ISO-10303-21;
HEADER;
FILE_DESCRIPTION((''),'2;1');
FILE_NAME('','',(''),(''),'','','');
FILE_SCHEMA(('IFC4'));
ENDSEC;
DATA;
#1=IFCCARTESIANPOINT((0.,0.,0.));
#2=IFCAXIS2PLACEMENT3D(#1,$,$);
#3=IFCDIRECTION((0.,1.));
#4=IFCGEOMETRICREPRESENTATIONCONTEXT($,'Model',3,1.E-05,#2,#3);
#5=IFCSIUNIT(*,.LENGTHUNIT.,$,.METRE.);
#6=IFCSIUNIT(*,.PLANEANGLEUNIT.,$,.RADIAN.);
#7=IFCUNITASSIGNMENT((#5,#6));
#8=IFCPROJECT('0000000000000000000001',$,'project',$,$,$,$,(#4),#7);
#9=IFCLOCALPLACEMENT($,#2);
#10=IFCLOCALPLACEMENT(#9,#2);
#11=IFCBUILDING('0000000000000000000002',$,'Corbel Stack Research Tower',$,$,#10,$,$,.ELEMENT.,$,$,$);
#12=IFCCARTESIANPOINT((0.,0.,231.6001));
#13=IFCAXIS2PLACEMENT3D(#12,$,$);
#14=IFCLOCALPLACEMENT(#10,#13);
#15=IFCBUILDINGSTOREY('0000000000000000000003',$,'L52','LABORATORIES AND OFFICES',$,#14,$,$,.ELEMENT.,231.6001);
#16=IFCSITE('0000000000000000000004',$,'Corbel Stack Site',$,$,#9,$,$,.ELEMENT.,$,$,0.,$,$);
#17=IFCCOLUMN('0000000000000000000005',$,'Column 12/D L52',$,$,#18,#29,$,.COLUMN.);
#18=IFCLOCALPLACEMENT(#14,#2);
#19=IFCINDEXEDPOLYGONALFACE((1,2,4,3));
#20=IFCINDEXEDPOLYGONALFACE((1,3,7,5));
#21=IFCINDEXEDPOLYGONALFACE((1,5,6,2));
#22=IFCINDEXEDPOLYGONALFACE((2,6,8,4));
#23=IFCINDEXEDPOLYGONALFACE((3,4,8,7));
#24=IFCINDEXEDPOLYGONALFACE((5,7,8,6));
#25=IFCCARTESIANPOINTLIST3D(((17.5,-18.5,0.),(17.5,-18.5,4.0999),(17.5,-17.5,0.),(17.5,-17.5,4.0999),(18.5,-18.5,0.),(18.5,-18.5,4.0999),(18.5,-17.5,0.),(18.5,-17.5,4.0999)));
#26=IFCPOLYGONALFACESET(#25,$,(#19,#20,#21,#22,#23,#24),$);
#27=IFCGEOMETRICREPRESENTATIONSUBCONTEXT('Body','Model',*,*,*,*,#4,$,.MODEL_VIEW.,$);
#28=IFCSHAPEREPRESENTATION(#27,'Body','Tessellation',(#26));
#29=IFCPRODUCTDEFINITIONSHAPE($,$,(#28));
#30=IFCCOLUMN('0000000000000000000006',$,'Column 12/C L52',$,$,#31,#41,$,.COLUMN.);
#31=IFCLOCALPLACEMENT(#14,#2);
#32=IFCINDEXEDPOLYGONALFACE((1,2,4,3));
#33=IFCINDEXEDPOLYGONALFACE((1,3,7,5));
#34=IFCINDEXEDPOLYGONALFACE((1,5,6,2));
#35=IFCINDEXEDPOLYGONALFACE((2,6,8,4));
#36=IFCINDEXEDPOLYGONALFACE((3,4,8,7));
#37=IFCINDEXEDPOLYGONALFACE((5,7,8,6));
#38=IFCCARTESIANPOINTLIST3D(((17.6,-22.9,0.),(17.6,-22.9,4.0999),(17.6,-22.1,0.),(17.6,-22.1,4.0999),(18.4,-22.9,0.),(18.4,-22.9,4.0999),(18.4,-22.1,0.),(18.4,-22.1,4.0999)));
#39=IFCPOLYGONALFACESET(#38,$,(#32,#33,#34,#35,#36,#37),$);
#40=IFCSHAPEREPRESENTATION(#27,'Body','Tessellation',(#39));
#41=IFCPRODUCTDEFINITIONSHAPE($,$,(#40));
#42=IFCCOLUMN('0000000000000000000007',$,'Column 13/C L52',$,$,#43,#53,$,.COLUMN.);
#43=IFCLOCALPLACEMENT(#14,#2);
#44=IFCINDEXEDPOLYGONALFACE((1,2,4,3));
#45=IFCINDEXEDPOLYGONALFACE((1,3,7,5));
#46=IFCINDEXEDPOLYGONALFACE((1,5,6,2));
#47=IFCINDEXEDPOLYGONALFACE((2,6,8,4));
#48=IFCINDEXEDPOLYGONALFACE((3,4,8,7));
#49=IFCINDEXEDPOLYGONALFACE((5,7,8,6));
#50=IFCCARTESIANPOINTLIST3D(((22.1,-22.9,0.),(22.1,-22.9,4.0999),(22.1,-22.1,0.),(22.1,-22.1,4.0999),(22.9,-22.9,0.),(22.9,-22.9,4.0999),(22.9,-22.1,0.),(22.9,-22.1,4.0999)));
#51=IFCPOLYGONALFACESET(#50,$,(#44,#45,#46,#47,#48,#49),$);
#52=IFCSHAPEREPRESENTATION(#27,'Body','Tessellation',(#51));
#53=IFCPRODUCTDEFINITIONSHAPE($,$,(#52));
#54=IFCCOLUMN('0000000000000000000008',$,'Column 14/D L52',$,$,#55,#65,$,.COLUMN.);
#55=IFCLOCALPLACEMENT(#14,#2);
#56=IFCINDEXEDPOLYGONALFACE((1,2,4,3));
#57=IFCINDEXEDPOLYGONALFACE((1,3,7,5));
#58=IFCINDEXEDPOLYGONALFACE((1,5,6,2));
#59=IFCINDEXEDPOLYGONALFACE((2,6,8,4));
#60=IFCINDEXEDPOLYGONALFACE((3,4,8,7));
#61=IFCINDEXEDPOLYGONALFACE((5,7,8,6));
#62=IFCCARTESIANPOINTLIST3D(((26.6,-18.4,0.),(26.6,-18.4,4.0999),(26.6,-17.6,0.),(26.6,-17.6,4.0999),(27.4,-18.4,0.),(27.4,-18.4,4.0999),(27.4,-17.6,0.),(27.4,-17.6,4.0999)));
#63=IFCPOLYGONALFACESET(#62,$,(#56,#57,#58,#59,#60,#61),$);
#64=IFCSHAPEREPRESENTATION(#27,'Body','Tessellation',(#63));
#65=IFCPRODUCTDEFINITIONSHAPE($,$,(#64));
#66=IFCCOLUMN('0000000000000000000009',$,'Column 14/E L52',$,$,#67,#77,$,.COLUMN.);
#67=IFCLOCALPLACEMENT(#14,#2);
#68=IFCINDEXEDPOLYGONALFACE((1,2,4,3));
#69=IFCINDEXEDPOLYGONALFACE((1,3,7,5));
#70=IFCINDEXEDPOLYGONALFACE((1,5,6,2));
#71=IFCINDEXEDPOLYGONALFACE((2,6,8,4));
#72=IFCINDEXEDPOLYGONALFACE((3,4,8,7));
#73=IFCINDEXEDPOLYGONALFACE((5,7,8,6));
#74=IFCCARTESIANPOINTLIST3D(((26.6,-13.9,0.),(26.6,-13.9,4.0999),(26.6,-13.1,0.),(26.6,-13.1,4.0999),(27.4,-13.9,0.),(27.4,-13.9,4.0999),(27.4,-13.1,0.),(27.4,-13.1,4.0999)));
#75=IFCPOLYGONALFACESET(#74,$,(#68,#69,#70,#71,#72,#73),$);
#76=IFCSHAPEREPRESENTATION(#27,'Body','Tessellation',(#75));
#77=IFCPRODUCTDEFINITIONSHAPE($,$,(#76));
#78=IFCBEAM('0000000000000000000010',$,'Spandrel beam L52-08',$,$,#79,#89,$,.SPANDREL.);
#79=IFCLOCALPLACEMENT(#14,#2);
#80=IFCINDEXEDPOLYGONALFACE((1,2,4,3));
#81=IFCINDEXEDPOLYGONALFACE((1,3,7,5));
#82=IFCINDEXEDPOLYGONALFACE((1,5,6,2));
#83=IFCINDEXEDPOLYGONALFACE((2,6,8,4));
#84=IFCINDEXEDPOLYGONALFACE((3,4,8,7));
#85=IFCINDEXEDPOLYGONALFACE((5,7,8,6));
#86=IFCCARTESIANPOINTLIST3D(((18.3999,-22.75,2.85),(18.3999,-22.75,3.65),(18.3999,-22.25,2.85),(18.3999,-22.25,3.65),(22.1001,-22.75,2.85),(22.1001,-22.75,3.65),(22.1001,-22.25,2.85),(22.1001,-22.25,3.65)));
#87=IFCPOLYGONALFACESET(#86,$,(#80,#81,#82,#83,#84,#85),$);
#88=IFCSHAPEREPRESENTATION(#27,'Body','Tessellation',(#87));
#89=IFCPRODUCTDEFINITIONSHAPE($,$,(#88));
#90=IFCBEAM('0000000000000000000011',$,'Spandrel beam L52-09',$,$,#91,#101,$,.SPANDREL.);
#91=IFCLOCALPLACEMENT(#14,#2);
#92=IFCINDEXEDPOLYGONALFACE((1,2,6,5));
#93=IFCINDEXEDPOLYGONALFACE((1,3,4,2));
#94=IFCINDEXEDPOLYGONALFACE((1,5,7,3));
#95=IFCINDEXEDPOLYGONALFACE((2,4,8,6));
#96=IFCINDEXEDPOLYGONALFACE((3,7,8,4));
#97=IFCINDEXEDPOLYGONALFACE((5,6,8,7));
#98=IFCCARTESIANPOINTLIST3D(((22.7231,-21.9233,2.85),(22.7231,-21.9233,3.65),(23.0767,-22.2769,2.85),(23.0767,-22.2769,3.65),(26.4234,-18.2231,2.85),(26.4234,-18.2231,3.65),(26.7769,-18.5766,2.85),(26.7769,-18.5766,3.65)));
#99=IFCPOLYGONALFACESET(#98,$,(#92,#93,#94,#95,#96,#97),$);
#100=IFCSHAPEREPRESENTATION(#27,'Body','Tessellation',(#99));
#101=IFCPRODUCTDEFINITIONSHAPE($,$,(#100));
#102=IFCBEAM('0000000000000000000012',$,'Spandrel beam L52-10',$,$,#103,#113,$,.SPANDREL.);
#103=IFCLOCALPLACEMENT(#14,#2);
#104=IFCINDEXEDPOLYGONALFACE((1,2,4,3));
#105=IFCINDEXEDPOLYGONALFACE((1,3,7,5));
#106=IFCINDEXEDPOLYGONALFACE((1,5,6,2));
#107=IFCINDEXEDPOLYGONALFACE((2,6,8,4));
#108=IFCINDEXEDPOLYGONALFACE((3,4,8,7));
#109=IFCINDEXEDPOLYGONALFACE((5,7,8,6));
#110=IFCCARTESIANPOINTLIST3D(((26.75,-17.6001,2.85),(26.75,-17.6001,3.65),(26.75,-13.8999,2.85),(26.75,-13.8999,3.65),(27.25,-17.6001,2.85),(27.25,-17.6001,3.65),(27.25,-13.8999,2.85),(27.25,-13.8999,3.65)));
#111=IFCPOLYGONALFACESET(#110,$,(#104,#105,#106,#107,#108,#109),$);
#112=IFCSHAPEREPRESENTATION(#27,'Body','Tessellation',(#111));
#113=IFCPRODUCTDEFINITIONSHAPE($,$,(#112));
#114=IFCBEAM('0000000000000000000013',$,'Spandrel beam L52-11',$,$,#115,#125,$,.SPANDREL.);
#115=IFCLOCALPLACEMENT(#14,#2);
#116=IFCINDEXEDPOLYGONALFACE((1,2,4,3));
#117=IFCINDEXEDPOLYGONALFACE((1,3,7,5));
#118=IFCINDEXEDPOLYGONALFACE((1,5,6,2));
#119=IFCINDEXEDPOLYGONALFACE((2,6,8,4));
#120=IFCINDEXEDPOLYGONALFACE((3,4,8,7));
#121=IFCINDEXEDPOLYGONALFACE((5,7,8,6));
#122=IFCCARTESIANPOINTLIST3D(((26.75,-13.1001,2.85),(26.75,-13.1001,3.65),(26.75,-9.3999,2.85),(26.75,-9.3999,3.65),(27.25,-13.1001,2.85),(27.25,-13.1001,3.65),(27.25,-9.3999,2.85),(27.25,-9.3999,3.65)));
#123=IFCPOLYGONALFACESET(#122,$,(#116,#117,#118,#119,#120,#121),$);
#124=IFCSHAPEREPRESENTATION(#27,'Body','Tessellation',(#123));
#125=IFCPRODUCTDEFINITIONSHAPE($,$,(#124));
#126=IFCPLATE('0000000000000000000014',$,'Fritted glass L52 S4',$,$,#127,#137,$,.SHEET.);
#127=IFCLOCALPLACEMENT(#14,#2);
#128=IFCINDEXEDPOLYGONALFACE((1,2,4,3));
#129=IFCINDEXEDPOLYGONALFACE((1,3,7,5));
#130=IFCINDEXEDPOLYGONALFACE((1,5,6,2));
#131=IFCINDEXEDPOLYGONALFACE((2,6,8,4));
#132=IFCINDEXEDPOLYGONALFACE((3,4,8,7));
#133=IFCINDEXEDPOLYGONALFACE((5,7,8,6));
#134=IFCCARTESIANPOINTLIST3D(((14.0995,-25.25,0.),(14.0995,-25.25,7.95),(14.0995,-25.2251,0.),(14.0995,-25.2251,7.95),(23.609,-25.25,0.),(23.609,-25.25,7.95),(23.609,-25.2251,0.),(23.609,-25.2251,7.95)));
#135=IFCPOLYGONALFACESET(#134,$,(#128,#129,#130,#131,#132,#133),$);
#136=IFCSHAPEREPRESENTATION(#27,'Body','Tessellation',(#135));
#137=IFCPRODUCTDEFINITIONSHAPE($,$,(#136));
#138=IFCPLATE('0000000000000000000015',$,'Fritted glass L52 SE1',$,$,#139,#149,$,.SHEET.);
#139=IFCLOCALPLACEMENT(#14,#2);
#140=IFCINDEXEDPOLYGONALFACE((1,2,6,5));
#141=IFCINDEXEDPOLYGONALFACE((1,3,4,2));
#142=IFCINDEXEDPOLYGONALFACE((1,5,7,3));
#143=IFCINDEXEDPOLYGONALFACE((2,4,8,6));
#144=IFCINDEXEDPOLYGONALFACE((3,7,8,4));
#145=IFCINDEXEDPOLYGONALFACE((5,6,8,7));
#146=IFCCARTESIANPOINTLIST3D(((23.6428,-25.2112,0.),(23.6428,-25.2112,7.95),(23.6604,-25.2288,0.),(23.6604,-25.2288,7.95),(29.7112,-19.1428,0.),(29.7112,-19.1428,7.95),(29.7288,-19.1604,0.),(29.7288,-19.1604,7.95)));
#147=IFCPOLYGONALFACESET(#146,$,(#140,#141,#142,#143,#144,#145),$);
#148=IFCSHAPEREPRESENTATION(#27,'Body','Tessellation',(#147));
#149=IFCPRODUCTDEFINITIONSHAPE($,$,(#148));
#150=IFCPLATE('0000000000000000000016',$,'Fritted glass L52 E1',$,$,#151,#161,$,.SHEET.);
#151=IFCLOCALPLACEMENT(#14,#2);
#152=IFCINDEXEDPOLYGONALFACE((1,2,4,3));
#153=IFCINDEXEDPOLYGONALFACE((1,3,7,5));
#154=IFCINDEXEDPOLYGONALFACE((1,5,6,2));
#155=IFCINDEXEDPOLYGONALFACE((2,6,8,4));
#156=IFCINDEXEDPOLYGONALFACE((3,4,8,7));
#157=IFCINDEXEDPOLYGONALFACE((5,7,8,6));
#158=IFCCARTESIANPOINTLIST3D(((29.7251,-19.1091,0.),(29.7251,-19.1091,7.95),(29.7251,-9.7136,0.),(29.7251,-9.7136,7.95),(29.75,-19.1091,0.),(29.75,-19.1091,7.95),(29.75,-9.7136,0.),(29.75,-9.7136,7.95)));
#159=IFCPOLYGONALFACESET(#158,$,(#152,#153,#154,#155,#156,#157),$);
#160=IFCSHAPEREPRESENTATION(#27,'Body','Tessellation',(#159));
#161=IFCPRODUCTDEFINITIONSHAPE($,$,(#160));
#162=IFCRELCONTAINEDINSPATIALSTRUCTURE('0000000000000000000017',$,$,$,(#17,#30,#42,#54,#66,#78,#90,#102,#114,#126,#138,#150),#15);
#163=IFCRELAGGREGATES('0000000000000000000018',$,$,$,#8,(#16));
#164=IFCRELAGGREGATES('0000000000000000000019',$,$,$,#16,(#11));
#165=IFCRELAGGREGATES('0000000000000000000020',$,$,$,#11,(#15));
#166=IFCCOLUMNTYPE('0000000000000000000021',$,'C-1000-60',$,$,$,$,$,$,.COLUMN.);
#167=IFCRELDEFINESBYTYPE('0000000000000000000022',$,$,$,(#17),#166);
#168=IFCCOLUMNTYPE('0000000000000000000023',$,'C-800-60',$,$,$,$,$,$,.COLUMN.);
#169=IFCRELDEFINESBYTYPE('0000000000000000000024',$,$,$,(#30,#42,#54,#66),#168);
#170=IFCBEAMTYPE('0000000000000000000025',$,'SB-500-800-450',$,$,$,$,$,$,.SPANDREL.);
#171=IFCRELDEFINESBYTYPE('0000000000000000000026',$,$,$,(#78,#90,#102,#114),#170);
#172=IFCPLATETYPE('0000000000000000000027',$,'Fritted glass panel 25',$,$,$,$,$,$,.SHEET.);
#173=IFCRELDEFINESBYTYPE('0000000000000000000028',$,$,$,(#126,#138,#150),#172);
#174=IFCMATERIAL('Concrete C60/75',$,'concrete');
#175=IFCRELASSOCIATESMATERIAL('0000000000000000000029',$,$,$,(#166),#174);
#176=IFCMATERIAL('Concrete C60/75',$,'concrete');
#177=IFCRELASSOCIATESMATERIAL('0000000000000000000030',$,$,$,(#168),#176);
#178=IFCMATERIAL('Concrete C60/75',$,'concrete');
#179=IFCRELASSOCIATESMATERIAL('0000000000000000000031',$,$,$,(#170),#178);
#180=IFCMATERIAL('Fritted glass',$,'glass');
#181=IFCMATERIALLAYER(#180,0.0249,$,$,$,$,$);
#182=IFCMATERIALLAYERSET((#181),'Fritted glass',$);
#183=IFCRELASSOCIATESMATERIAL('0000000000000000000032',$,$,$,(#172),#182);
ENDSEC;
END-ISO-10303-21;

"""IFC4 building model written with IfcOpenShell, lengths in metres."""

from ifc_helpers import new_model, si_unit, direction, frame, origin, origin_2d, place, context, subcontext, project, spatial, rectangle, extrude, material, layer, layer_set, material_profile, profile_set, type_object, element, save


model = new_model("IFC4")

# Units and contexts
model_context = context("Model", 3, precision=1e-05, world=origin(), true_north=direction((0.0, 1.0)))
body_context = subcontext(model_context, "Body", "Model", "MODEL_VIEW")
ifc_project = project(units=[si_unit("LENGTHUNIT", "METRE"), si_unit("PLANEANGLEUNIT", "RADIAN")], contexts=[model_context])

# Site, building, storey
site_placement = place(None, origin())
site = spatial("IfcSite", under=ifc_project, at=site_placement, Name="Corbel Stack Site", CompositionType="ELEMENT", RefElevation=0.0)
building_placement = place(site_placement, origin())
building = spatial("IfcBuilding", under=site, at=building_placement, Name="Corbel Stack Research Tower", CompositionType="ELEMENT")
storey_placement = place(building_placement, frame((0.0, 0.0, 231.6001)))
storey = spatial("IfcBuildingStorey", under=building, at=storey_placement, Name="L52", Description="LABORATORIES AND OFFICES", CompositionType="ELEMENT", Elevation=231.6001)

# Columns
ifc_material_1 = material(Name="Concrete C60/75", Category="concrete")
ifc_material_profile_1 = material_profile(ifc_material_1, rectangle(XDim=1.0, YDim=1.0, at=origin_2d()), Name="RC 1000 x 1000")
ifc_profile_set_1 = profile_set([ifc_material_profile_1], Name="Concrete C60/75")
column_type_1 = type_object("IfcColumnType", Name="C-1000-60", PredefinedType="COLUMN", material=ifc_profile_set_1)
column_placement = place(storey_placement, frame((18.0, -18.0, 0.0), z_axis=(0.0, 0.0, 1.0), x_axis=(1.0, 0.0, 0.0)))
element("IfcColumn", 1, at=column_placement, inside=storey, type_object=column_type_1, Name="Column 12/D L52", PredefinedType="COLUMN", context=body_context, shape_type="SweptSolid", body=[
    extrude(rectangle(XDim=1.0, YDim=1.0, at=origin_2d()), origin(), (0.0, 0.0, 1.0), 4.0999),
])
ifc_material_2 = material(Name="Concrete C60/75", Category="concrete")
ifc_material_profile_2 = material_profile(ifc_material_2, rectangle(XDim=0.8, YDim=0.8, at=origin_2d()), Name="RC 800 x 800")
ifc_profile_set_2 = profile_set([ifc_material_profile_2], Name="Concrete C60/75")
column_type_2 = type_object("IfcColumnType", Name="C-800-60", PredefinedType="COLUMN", material=ifc_profile_set_2)
for number, where, z_axis, x_axis, name in (
    (2, (18.0, -22.5, 0.0), (0.0, 0.0, 1.0), (1.0, 0.0, 0.0), "Column 12/C L52"),
    (3, (22.5, -22.5, 0.0), (0.0, 0.0, 1.0), (1.0, 0.0, 0.0), "Column 13/C L52"),
    (4, (27.0, -18.0, 0.0), (0.0, 0.0, 1.0), (1.0, 0.0, 0.0), "Column 14/D L52"),
    (5, (27.0, -13.5, 0.0), (0.0, 0.0, 1.0), (1.0, 0.0, 0.0), "Column 14/E L52"),
):
    element("IfcColumn", number, at=place(storey_placement, frame(where, z_axis=z_axis, x_axis=x_axis)), inside=storey, type_object=column_type_2, Name=name, PredefinedType="COLUMN", context=body_context, shape_type="SweptSolid", body=[
        extrude(rectangle(XDim=0.8, YDim=0.8, at=origin_2d()), origin(), (0.0, 0.0, 1.0), 4.0999),
    ])

# Beams
ifc_material_3 = material(Name="Concrete C60/75", Category="concrete")
ifc_material_profile_3 = material_profile(ifc_material_3, rectangle(XDim=0.5, YDim=0.8, at=origin_2d()), Name="RC 500 x 800")
ifc_profile_set_3 = profile_set([ifc_material_profile_3], Name="Concrete C60/75")
beam_type = type_object("IfcBeamType", Name="SB-500-800-450", PredefinedType="SPANDREL", material=ifc_profile_set_3)
beam_1_placement = place(storey_placement, frame((18.3999, -22.5, 3.25), z_axis=(1.0, 0.0, 0.0), x_axis=(0.0, 1.0, 0.0)))
element("IfcBeam", 6, at=beam_1_placement, inside=storey, type_object=beam_type, Name="Spandrel beam L52-08", PredefinedType="SPANDREL", context=body_context, shape_type="SweptSolid", body=[
    extrude(rectangle(XDim=0.5, YDim=0.8, at=origin_2d()), origin(), (0.0, 0.0, 1.0), 3.7002),
])
beam_2_placement = place(storey_placement, frame((22.8999, -22.1001, 3.25), z_axis=(0.707107, 0.707107, 0.0), x_axis=(-0.707107, 0.707107, 0.0)))
element("IfcBeam", 7, at=beam_2_placement, inside=storey, type_object=beam_type, Name="Spandrel beam L52-09", PredefinedType="SPANDREL", context=body_context, shape_type="SweptSolid", body=[
    extrude(rectangle(XDim=0.5, YDim=0.8, at=origin_2d()), origin(), (0.0, 0.0, 1.0), 5.2329),
])
for number, where, z_axis, x_axis, name in (
    (8, (27.0, -17.6001, 3.25), (0.0, 1.0, 0.0), (-1.0, 0.0, 0.0), "Spandrel beam L52-10"),
    (9, (27.0, -13.1001, 3.25), (0.0, 1.0, 0.0), (-1.0, 0.0, 0.0), "Spandrel beam L52-11"),
):
    element("IfcBeam", number, at=place(storey_placement, frame(where, z_axis=z_axis, x_axis=x_axis)), inside=storey, type_object=beam_type, Name=name, PredefinedType="SPANDREL", context=body_context, shape_type="SweptSolid", body=[
        extrude(rectangle(XDim=0.5, YDim=0.8, at=origin_2d()), origin(), (0.0, 0.0, 1.0), 3.7002),
    ])

# Plates
ifc_material_4 = material(Name="Fritted glass", Category="glass")
ifc_layer_1 = layer(ifc_material_4, 0.0249)
ifc_layer_set_1 = layer_set([ifc_layer_1], Name="Fritted glass")
plate_type = type_object("IfcPlateType", Name="Fritted glass panel 25", PredefinedType="SHEET", material=ifc_layer_set_1)
plate_1_placement = place(storey_placement, frame((18.8542, -25.2375, 0.0), z_axis=(0.0, 0.0, 1.0), x_axis=(1.0, 0.0, 0.0)))
element("IfcPlate", 10, at=plate_1_placement, inside=storey, type_object=plate_type, Name="Fritted glass L52 S4", PredefinedType="SHEET", context=body_context, shape_type="SweptSolid", body=[
    extrude(rectangle(XDim=9.5095, YDim=0.0249, at=origin_2d()), origin(), (0.0, 0.0, 1.0), 7.95),
])
plate_2_placement = place(storey_placement, frame((26.6858, -22.1858, 0.0), z_axis=(0.0, 0.0, 1.0), x_axis=(0.707107, 0.707107, 0.0)))
element("IfcPlate", 11, at=plate_2_placement, inside=storey, type_object=plate_type, Name="Fritted glass L52 SE1", PredefinedType="SHEET", context=body_context, shape_type="SweptSolid", body=[
    extrude(rectangle(XDim=8.582, YDim=0.0249, at=origin_2d()), origin(), (0.0, 0.0, 1.0), 7.95),
])
plate_3_placement = place(storey_placement, frame((29.7375, -14.4114, 0.0), z_axis=(0.0, 0.0, 1.0), x_axis=(0.0, 1.0, 0.0)))
element("IfcPlate", 12, at=plate_3_placement, inside=storey, type_object=plate_type, Name="Fritted glass L52 E1", PredefinedType="SHEET", context=body_context, shape_type="SweptSolid", body=[
    extrude(rectangle(XDim=9.3955, YDim=0.0249, at=origin_2d()), origin(), (0.0, 0.0, 1.0), 7.95),
])

save(model, "model.ifc")
